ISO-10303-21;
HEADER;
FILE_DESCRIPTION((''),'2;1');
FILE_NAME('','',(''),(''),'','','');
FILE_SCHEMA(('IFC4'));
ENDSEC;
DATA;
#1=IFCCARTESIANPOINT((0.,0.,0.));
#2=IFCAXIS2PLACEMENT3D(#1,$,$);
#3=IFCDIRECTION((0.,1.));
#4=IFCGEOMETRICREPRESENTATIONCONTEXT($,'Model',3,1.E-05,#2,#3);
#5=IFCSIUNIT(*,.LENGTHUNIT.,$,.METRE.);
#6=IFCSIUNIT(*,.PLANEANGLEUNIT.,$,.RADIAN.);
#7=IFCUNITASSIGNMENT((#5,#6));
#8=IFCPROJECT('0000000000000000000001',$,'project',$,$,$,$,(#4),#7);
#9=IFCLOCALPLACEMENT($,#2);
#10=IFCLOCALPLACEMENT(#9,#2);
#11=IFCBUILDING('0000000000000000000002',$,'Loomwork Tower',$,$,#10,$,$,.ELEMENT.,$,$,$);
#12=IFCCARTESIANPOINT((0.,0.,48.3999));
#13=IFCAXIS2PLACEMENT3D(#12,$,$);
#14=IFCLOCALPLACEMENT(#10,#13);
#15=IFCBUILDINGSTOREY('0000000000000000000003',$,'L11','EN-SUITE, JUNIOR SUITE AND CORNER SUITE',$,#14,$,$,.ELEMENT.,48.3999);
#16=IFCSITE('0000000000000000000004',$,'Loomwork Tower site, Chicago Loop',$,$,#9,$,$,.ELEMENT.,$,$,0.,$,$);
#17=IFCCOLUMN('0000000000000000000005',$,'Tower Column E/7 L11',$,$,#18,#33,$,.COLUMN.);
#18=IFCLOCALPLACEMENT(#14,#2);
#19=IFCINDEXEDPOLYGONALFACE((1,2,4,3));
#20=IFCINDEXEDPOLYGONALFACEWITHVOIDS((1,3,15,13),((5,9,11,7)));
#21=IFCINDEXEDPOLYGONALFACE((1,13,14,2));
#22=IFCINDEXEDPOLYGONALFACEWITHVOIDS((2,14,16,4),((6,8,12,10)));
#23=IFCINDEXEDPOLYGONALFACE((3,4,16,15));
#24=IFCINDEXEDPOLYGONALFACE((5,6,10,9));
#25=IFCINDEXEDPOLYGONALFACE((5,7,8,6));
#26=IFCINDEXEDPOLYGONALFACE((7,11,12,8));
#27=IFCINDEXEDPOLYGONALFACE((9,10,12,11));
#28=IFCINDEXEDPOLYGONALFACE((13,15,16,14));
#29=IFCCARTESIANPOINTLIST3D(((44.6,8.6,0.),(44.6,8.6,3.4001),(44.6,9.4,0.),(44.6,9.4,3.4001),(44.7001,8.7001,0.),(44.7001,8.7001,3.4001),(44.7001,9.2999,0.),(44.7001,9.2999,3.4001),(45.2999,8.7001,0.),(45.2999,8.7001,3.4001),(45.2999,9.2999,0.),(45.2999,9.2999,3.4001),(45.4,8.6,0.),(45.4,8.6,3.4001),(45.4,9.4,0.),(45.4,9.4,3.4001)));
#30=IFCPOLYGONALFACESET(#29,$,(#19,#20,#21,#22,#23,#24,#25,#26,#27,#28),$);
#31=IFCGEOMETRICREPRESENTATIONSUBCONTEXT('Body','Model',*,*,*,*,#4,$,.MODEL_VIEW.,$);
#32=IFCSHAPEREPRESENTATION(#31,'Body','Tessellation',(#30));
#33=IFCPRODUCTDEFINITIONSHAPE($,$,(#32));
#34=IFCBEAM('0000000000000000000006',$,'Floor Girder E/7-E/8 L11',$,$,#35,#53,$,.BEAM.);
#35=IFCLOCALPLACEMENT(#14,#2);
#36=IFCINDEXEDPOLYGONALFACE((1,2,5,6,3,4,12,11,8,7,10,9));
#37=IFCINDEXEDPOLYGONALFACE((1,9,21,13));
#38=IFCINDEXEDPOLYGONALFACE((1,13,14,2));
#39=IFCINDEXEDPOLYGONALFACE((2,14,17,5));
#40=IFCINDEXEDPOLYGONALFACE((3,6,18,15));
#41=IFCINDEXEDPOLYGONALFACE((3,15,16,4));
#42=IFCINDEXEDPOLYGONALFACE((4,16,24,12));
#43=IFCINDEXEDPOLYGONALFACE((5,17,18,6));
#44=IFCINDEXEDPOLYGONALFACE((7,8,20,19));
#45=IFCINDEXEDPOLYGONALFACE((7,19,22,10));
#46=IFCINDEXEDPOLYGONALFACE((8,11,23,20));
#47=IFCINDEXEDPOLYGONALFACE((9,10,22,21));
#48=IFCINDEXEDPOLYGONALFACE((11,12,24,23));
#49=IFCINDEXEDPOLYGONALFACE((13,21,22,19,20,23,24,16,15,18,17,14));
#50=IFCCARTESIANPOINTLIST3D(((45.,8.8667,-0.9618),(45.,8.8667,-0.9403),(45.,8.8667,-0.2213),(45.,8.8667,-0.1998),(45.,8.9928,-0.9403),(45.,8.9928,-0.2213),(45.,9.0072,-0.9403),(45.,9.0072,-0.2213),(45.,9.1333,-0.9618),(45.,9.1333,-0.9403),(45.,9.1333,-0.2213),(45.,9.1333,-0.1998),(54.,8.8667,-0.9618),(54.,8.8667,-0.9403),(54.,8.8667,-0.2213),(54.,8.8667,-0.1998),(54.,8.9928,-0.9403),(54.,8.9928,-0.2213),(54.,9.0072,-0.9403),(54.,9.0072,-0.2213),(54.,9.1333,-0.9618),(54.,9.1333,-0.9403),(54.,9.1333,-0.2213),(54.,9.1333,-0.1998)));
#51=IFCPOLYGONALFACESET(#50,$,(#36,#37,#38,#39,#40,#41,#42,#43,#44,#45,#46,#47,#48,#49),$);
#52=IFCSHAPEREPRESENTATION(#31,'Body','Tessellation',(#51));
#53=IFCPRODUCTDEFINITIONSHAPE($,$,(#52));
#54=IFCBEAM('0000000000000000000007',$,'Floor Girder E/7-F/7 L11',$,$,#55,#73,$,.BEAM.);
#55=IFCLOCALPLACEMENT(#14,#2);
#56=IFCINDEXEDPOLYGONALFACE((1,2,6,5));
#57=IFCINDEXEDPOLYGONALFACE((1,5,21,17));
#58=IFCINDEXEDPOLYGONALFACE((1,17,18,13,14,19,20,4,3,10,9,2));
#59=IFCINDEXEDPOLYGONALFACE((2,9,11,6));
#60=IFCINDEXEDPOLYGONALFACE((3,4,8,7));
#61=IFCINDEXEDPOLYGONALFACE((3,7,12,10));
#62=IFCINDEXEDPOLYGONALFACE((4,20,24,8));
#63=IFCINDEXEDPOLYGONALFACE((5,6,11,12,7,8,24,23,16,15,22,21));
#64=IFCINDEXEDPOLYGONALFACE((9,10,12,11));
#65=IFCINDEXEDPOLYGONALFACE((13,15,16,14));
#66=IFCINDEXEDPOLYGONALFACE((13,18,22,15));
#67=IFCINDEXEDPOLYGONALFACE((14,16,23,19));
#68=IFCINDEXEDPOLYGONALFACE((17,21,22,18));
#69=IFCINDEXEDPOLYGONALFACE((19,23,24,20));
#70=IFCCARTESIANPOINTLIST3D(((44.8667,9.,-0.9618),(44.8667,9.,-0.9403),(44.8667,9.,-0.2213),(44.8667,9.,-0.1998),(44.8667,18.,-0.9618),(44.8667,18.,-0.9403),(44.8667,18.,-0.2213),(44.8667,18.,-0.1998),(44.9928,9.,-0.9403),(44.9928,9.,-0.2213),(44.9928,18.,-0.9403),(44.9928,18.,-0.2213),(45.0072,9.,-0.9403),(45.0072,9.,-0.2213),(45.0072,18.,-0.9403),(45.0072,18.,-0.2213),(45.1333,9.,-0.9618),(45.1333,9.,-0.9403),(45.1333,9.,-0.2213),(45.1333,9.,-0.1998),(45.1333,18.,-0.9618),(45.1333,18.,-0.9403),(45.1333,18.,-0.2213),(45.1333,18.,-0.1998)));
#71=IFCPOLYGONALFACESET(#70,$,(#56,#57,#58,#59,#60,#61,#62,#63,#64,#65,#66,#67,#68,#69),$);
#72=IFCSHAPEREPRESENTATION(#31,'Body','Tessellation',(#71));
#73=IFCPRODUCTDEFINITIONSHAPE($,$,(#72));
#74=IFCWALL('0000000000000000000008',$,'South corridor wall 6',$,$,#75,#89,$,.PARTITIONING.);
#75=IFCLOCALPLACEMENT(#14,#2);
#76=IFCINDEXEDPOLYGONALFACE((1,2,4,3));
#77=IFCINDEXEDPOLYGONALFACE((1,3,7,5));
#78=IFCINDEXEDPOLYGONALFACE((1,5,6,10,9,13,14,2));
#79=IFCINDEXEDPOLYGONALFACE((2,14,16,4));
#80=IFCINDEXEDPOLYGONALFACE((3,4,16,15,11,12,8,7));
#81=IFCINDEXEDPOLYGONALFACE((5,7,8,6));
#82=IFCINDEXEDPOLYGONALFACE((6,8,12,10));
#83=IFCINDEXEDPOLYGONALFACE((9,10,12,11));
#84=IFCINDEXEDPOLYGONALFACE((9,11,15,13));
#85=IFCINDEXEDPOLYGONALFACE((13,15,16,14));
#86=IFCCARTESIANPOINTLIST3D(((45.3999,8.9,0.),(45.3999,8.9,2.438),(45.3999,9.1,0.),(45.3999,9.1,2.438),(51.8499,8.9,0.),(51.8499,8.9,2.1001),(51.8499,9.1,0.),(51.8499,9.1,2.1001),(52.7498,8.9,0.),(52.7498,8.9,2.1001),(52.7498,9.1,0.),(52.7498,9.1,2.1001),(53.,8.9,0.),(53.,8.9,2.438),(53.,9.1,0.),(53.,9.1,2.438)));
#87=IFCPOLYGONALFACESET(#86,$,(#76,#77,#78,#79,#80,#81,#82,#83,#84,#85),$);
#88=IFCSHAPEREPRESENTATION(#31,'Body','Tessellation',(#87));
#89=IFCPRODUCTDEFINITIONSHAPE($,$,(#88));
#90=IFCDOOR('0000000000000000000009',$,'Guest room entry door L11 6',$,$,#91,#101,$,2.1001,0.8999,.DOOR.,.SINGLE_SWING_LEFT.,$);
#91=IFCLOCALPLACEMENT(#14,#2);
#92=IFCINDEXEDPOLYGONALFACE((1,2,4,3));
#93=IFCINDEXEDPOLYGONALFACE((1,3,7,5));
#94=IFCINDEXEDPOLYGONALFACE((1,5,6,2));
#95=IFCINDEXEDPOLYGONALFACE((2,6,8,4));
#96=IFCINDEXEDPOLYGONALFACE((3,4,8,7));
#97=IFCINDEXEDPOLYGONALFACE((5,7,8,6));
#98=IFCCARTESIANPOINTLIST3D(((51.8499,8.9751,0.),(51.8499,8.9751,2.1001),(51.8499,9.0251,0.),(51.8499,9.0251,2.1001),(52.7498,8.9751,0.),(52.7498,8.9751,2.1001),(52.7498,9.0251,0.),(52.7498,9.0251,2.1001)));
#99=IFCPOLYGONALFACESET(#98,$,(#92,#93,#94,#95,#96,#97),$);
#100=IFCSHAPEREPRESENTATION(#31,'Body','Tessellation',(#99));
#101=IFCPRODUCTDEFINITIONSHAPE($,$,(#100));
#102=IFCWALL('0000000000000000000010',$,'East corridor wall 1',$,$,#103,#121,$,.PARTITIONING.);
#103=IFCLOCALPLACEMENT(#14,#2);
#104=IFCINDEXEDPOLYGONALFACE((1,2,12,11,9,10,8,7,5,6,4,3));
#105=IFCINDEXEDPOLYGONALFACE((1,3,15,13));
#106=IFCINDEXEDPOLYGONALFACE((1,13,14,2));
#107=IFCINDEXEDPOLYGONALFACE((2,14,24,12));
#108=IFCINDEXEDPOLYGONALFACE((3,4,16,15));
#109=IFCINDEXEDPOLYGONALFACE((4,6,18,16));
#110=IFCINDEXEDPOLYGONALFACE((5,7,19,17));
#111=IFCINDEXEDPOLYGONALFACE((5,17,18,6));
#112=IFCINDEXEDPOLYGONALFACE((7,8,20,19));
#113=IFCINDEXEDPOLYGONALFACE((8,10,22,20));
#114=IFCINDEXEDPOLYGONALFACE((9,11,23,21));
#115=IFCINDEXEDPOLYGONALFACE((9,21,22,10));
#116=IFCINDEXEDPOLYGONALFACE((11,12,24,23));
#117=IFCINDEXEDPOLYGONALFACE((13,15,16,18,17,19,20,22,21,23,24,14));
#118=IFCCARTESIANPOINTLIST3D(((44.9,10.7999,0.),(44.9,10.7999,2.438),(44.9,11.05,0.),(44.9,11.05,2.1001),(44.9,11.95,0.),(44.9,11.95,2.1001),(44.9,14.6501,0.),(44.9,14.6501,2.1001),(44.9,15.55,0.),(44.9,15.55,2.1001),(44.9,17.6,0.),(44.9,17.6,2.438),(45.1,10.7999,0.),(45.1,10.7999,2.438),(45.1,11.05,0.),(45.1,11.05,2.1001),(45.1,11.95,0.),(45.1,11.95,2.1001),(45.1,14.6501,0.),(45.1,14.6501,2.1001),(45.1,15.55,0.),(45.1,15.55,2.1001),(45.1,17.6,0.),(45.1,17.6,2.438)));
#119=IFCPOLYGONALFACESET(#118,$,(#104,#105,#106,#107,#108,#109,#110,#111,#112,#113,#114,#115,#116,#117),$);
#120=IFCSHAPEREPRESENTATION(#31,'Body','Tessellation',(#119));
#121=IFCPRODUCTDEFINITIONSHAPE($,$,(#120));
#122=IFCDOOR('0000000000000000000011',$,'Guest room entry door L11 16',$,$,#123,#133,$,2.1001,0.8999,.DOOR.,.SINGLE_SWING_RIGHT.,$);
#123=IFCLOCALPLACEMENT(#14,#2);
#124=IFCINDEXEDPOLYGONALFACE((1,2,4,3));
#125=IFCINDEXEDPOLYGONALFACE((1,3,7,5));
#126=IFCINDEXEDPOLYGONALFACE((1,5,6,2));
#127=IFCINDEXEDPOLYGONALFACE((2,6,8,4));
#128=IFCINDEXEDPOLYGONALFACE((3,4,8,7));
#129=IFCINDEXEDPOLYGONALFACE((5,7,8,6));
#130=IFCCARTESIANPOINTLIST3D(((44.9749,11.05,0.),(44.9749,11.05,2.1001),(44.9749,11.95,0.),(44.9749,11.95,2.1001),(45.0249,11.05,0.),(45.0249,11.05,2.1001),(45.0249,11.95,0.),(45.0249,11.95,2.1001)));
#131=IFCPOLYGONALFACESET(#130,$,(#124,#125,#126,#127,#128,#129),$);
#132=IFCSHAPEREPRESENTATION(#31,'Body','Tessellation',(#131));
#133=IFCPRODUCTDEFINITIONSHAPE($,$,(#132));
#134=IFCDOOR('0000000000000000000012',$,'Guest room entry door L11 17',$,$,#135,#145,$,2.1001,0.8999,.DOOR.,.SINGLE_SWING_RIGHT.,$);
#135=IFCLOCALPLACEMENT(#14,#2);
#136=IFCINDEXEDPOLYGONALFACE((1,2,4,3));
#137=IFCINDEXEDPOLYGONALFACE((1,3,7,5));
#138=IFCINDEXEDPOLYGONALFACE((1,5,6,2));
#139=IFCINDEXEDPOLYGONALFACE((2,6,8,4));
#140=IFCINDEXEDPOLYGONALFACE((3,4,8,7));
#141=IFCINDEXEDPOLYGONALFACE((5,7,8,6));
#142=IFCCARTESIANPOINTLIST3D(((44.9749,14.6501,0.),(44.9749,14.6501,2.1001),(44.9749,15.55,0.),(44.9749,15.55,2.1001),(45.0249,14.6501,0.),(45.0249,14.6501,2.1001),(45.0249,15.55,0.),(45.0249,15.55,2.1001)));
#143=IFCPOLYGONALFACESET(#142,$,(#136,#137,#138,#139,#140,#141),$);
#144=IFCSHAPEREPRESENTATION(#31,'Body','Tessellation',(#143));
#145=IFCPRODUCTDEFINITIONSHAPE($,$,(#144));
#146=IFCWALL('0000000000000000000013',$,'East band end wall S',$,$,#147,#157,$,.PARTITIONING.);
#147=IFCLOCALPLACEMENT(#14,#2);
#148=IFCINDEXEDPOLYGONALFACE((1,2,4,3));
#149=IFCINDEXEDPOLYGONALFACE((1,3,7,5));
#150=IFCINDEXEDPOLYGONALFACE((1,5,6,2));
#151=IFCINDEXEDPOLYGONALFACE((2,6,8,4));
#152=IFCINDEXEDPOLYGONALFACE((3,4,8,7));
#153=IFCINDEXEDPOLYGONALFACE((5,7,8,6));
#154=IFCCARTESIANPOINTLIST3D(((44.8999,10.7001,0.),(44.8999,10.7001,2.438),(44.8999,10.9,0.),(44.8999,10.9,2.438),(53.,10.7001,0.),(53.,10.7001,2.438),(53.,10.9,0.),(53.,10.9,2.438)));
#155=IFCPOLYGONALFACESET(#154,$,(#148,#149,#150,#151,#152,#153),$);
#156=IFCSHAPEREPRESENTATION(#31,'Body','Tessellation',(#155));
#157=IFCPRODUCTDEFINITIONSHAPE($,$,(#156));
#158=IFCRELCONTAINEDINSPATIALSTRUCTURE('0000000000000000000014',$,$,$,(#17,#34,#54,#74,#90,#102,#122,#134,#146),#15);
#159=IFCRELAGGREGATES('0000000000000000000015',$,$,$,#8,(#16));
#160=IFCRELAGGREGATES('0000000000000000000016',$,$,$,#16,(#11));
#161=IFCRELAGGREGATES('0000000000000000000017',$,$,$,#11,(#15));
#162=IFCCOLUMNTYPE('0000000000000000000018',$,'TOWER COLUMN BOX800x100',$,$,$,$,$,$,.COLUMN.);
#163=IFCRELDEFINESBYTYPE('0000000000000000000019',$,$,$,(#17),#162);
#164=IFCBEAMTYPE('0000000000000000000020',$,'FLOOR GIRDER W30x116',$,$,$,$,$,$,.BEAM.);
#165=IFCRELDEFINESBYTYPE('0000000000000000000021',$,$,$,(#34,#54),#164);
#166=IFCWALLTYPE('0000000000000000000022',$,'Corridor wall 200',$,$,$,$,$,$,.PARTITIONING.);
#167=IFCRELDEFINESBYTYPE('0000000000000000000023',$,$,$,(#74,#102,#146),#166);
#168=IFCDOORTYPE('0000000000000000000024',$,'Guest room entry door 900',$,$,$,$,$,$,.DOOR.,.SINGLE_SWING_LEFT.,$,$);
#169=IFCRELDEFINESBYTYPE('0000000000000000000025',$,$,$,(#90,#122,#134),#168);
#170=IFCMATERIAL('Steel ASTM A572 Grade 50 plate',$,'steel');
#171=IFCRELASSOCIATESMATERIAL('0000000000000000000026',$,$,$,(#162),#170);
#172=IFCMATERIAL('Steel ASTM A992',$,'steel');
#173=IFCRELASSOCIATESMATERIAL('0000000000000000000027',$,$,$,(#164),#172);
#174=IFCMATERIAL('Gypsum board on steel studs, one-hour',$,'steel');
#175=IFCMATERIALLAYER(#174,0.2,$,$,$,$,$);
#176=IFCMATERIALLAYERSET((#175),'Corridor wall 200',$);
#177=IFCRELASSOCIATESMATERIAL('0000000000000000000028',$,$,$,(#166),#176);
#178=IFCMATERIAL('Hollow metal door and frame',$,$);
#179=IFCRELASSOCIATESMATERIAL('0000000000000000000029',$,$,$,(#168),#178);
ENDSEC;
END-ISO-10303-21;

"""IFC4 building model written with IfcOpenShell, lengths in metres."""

from ifc_helpers import new_model, si_unit, direction, frame, frame_2d, origin, origin_2d, place, context, subcontext, project, spatial, rectangle, hollow_rectangle, i_section, extrude, material, layer, layer_set, material_profile, profile_set, type_object, element, fill, save


model = new_model("IFC4")

# Units and contexts
model_context = context("Model", 3, precision=1e-05, world=origin(), true_north=direction((0.0, 1.0)))
body_context = subcontext(model_context, "Body", "Model", "MODEL_VIEW")
ifc_project = project(units=[si_unit("LENGTHUNIT", "METRE"), si_unit("PLANEANGLEUNIT", "RADIAN")], contexts=[model_context])

# Site, building, storey
site_placement = place(None, origin())
site = spatial("IfcSite", under=ifc_project, at=site_placement, Name="Loomwork Tower site, Chicago Loop", CompositionType="ELEMENT", RefElevation=0.0)
building_placement = place(site_placement, origin())
building = spatial("IfcBuilding", under=site, at=building_placement, Name="Loomwork Tower", CompositionType="ELEMENT")
storey_placement = place(building_placement, frame((0.0, 0.0, 48.3999)))
storey = spatial("IfcBuildingStorey", under=building, at=storey_placement, Name="L11", Description="EN-SUITE, JUNIOR SUITE AND CORNER SUITE", CompositionType="ELEMENT", Elevation=48.3999)

# Column
ifc_material_1 = material(Name="Steel ASTM A572 Grade 50 plate", Category="steel")
ifc_material_profile_1 = material_profile(ifc_material_1, hollow_rectangle(XDim=0.8, YDim=0.8, WallThickness=0.1001, at=origin_2d()), Name="BOX800x100")
ifc_profile_set_1 = profile_set([ifc_material_profile_1], Name="Steel ASTM A572 Grade 50 plate")
column_type = type_object("IfcColumnType", Name="TOWER COLUMN BOX800x100", PredefinedType="COLUMN", material=ifc_profile_set_1)
column_placement = place(storey_placement, frame((45.0, 9.0, 0.0), z_axis=(0.0, 0.0, 1.0), x_axis=(0.0, 1.0, 0.0)))
element("IfcColumn", 1, at=column_placement, inside=storey, type_object=column_type, Name="Tower Column E/7 L11", PredefinedType="COLUMN", context=body_context, shape_type="SweptSolid", body=[
    extrude(hollow_rectangle(XDim=0.8, YDim=0.8, WallThickness=0.1001, at=origin_2d()), origin(), (0.0, 0.0, 1.0), 3.4001),
])

# Beams
ifc_material_2 = material(Name="Steel ASTM A992", Category="steel")
ifc_material_profile_2 = material_profile(ifc_material_2, i_section(OverallWidth=0.2666, OverallDepth=0.762, WebThickness=0.0144, FlangeThickness=0.0215, at=origin_2d()), Name="W30x116")
ifc_profile_set_2 = profile_set([ifc_material_profile_2], Name="Steel ASTM A992")
beam_type = type_object("IfcBeamType", Name="FLOOR GIRDER W30x116", PredefinedType="BEAM", material=ifc_profile_set_2)
for number, where, z_axis, x_axis, name in (
    (2, (45.0, 9.0, -0.5808), (1.0, 0.0, 0.0), (0.0, 1.0, 0.0), "Floor Girder E/7-E/8 L11"),
    (3, (45.0, 9.0, -0.5808), (0.0, 1.0, 0.0), (-1.0, 0.0, 0.0), "Floor Girder E/7-F/7 L11"),
):
    element("IfcBeam", number, at=place(storey_placement, frame(where, z_axis=z_axis, x_axis=x_axis)), inside=storey, type_object=beam_type, Name=name, PredefinedType="BEAM", context=body_context, shape_type="SweptSolid", body=[
        extrude(i_section(OverallWidth=0.2666, OverallDepth=0.762, WebThickness=0.0144, FlangeThickness=0.0215, at=origin_2d()), origin(), (0.0, 0.0, 1.0), 9.0),
    ])

# Wall, opening, door
ifc_material_3 = material(Name="Gypsum board on steel studs, one-hour", Category="steel")
ifc_layer_1 = layer(ifc_material_3, 0.2)
ifc_layer_set_1 = layer_set([ifc_layer_1], Name="Corridor wall 200")
wall_type_1 = type_object("IfcWallType", Name="Corridor wall 200", PredefinedType="PARTITIONING", material=ifc_layer_set_1)
wall_1_placement = place(storey_placement, frame((45.3999, 9.0, 0.0), z_axis=(0.0, 0.0, 1.0), x_axis=(1.0, 0.0, 0.0)))
wall_1 = element("IfcWall", 4, at=wall_1_placement, inside=storey, type_object=wall_type_1, Name="South corridor wall 6", PredefinedType="PARTITIONING", context=body_context, shape_type="SweptSolid", body=[
    extrude(rectangle(XDim=7.6001, YDim=0.2, at=frame_2d((3.8, 0.0))), origin(), (0.0, 0.0, 1.0), 2.438),
])
opening_1_placement = place(wall_1_placement, frame((6.45, 0.0, 0.0)))
opening_1 = element("IfcOpeningElement", 5, at=opening_1_placement, cuts=wall_1, PredefinedType="OPENING", context=body_context, shape_type="SweptSolid", body=[
    extrude(rectangle(XDim=0.8999, YDim=2.1001, at=frame_2d((0.45, 1.05))), frame((0.0, 0.1099, 0.0), z_axis=(0.0, -1.0, 0.0), x_axis=(1.0, 0.0, 0.0)), (0.0, 0.0, 1.0), 0.22),
])
ifc_material_4 = material(Name="Hollow metal door and frame")
door_type_1 = type_object("IfcDoorType", Name="Guest room entry door 900", OperationType="SINGLE_SWING_LEFT", PredefinedType="DOOR", material=ifc_material_4)
door_1_placement = place(opening_1_placement, frame((0.8999, 0.0, 0.0), z_axis=(0.0, 0.0, 1.0), x_axis=(-1.0, 0.0, 0.0)))
door_1 = element("IfcDoor", 6, at=door_1_placement, inside=storey, type_object=door_type_1, Name="Guest room entry door L11 6", OperationType="SINGLE_SWING_LEFT", OverallHeight=2.1001, OverallWidth=0.8999, PredefinedType="DOOR", context=body_context, shape_type="SweptSolid", body=[
    extrude(rectangle(XDim=0.8999, YDim=2.1001, at=frame_2d((0.45, 1.05))), frame((0.0, 0.0249, 0.0), z_axis=(0.0, -1.0, 0.0), x_axis=(1.0, 0.0, 0.0)), (0.0, 0.0, 1.0), 0.05),
])
fill(opening_1, door_1)

# Wall, openings, doors
wall_2_placement = place(storey_placement, frame((45.0, 10.8, 0.0), z_axis=(0.0, 0.0, 1.0), x_axis=(0.0, 1.0, 0.0)))
wall_2 = element("IfcWall", 7, at=wall_2_placement, inside=storey, type_object=wall_type_1, Name="East corridor wall 1", PredefinedType="PARTITIONING", context=body_context, shape_type="SweptSolid", body=[
    extrude(rectangle(XDim=6.8, YDim=0.2, at=frame_2d((3.3999, 0.0))), origin(), (0.0, 0.0, 1.0), 2.438),
])
opening_2_placement = place(wall_2_placement, frame((0.25, 0.0, 0.0)))
opening_2 = element("IfcOpeningElement", 8, at=opening_2_placement, cuts=wall_2, PredefinedType="OPENING", context=body_context, shape_type="SweptSolid", body=[
    extrude(rectangle(XDim=0.8999, YDim=2.1001, at=frame_2d((0.45, 1.05))), frame((0.0, 0.1099, 0.0), z_axis=(0.0, -1.0, 0.0), x_axis=(1.0, 0.0, 0.0)), (0.0, 0.0, 1.0), 0.22),
])
opening_3_placement = place(wall_2_placement, frame((3.8501, 0.0, 0.0)))
opening_3 = element("IfcOpeningElement", 9, at=opening_3_placement, cuts=wall_2, PredefinedType="OPENING", context=body_context, shape_type="SweptSolid", body=[
    extrude(rectangle(XDim=0.8999, YDim=2.1001, at=frame_2d((0.45, 1.05))), frame((0.0, 0.1099, 0.0), z_axis=(0.0, -1.0, 0.0), x_axis=(1.0, 0.0, 0.0)), (0.0, 0.0, 1.0), 0.22),
])
door_2_placement = place(opening_2_placement, frame((0.8999, 0.0, 0.0), z_axis=(0.0, 0.0, 1.0), x_axis=(-1.0, 0.0, 0.0)))
door_2 = element("IfcDoor", 10, at=door_2_placement, inside=storey, type_object=door_type_1, Name="Guest room entry door L11 16", OperationType="SINGLE_SWING_RIGHT", OverallHeight=2.1001, OverallWidth=0.8999, PredefinedType="DOOR", context=body_context, shape_type="SweptSolid", body=[
    extrude(rectangle(XDim=0.8999, YDim=2.1001, at=frame_2d((0.45, 1.05))), frame((0.0, 0.0249, 0.0), z_axis=(0.0, -1.0, 0.0), x_axis=(1.0, 0.0, 0.0)), (0.0, 0.0, 1.0), 0.05),
])
fill(opening_2, door_2)
door_3_placement = place(opening_3_placement, frame((0.8999, 0.0, 0.0), z_axis=(0.0, 0.0, 1.0), x_axis=(-1.0, 0.0, 0.0)))
door_3 = element("IfcDoor", 11, at=door_3_placement, inside=storey, type_object=door_type_1, Name="Guest room entry door L11 17", OperationType="SINGLE_SWING_RIGHT", OverallHeight=2.1001, OverallWidth=0.8999, PredefinedType="DOOR", context=body_context, shape_type="SweptSolid", body=[
    extrude(rectangle(XDim=0.8999, YDim=2.1001, at=frame_2d((0.45, 1.05))), frame((0.0, 0.0249, 0.0), z_axis=(0.0, -1.0, 0.0), x_axis=(1.0, 0.0, 0.0)), (0.0, 0.0, 1.0), 0.05),
])
fill(opening_3, door_3)

# Wall
wall_3_placement = place(storey_placement, frame((44.8999, 10.8, 0.0), z_axis=(0.0, 0.0, 1.0), x_axis=(1.0, 0.0, 0.0)))
element("IfcWall", 12, at=wall_3_placement, inside=storey, type_object=wall_type_1, Name="East band end wall S", PredefinedType="PARTITIONING", context=body_context, shape_type="SweptSolid", body=[
    extrude(rectangle(XDim=8.1001, YDim=0.2, at=frame_2d((4.05, 0.0))), origin(), (0.0, 0.0, 1.0), 2.438),
])

save(model, "model.ifc")
